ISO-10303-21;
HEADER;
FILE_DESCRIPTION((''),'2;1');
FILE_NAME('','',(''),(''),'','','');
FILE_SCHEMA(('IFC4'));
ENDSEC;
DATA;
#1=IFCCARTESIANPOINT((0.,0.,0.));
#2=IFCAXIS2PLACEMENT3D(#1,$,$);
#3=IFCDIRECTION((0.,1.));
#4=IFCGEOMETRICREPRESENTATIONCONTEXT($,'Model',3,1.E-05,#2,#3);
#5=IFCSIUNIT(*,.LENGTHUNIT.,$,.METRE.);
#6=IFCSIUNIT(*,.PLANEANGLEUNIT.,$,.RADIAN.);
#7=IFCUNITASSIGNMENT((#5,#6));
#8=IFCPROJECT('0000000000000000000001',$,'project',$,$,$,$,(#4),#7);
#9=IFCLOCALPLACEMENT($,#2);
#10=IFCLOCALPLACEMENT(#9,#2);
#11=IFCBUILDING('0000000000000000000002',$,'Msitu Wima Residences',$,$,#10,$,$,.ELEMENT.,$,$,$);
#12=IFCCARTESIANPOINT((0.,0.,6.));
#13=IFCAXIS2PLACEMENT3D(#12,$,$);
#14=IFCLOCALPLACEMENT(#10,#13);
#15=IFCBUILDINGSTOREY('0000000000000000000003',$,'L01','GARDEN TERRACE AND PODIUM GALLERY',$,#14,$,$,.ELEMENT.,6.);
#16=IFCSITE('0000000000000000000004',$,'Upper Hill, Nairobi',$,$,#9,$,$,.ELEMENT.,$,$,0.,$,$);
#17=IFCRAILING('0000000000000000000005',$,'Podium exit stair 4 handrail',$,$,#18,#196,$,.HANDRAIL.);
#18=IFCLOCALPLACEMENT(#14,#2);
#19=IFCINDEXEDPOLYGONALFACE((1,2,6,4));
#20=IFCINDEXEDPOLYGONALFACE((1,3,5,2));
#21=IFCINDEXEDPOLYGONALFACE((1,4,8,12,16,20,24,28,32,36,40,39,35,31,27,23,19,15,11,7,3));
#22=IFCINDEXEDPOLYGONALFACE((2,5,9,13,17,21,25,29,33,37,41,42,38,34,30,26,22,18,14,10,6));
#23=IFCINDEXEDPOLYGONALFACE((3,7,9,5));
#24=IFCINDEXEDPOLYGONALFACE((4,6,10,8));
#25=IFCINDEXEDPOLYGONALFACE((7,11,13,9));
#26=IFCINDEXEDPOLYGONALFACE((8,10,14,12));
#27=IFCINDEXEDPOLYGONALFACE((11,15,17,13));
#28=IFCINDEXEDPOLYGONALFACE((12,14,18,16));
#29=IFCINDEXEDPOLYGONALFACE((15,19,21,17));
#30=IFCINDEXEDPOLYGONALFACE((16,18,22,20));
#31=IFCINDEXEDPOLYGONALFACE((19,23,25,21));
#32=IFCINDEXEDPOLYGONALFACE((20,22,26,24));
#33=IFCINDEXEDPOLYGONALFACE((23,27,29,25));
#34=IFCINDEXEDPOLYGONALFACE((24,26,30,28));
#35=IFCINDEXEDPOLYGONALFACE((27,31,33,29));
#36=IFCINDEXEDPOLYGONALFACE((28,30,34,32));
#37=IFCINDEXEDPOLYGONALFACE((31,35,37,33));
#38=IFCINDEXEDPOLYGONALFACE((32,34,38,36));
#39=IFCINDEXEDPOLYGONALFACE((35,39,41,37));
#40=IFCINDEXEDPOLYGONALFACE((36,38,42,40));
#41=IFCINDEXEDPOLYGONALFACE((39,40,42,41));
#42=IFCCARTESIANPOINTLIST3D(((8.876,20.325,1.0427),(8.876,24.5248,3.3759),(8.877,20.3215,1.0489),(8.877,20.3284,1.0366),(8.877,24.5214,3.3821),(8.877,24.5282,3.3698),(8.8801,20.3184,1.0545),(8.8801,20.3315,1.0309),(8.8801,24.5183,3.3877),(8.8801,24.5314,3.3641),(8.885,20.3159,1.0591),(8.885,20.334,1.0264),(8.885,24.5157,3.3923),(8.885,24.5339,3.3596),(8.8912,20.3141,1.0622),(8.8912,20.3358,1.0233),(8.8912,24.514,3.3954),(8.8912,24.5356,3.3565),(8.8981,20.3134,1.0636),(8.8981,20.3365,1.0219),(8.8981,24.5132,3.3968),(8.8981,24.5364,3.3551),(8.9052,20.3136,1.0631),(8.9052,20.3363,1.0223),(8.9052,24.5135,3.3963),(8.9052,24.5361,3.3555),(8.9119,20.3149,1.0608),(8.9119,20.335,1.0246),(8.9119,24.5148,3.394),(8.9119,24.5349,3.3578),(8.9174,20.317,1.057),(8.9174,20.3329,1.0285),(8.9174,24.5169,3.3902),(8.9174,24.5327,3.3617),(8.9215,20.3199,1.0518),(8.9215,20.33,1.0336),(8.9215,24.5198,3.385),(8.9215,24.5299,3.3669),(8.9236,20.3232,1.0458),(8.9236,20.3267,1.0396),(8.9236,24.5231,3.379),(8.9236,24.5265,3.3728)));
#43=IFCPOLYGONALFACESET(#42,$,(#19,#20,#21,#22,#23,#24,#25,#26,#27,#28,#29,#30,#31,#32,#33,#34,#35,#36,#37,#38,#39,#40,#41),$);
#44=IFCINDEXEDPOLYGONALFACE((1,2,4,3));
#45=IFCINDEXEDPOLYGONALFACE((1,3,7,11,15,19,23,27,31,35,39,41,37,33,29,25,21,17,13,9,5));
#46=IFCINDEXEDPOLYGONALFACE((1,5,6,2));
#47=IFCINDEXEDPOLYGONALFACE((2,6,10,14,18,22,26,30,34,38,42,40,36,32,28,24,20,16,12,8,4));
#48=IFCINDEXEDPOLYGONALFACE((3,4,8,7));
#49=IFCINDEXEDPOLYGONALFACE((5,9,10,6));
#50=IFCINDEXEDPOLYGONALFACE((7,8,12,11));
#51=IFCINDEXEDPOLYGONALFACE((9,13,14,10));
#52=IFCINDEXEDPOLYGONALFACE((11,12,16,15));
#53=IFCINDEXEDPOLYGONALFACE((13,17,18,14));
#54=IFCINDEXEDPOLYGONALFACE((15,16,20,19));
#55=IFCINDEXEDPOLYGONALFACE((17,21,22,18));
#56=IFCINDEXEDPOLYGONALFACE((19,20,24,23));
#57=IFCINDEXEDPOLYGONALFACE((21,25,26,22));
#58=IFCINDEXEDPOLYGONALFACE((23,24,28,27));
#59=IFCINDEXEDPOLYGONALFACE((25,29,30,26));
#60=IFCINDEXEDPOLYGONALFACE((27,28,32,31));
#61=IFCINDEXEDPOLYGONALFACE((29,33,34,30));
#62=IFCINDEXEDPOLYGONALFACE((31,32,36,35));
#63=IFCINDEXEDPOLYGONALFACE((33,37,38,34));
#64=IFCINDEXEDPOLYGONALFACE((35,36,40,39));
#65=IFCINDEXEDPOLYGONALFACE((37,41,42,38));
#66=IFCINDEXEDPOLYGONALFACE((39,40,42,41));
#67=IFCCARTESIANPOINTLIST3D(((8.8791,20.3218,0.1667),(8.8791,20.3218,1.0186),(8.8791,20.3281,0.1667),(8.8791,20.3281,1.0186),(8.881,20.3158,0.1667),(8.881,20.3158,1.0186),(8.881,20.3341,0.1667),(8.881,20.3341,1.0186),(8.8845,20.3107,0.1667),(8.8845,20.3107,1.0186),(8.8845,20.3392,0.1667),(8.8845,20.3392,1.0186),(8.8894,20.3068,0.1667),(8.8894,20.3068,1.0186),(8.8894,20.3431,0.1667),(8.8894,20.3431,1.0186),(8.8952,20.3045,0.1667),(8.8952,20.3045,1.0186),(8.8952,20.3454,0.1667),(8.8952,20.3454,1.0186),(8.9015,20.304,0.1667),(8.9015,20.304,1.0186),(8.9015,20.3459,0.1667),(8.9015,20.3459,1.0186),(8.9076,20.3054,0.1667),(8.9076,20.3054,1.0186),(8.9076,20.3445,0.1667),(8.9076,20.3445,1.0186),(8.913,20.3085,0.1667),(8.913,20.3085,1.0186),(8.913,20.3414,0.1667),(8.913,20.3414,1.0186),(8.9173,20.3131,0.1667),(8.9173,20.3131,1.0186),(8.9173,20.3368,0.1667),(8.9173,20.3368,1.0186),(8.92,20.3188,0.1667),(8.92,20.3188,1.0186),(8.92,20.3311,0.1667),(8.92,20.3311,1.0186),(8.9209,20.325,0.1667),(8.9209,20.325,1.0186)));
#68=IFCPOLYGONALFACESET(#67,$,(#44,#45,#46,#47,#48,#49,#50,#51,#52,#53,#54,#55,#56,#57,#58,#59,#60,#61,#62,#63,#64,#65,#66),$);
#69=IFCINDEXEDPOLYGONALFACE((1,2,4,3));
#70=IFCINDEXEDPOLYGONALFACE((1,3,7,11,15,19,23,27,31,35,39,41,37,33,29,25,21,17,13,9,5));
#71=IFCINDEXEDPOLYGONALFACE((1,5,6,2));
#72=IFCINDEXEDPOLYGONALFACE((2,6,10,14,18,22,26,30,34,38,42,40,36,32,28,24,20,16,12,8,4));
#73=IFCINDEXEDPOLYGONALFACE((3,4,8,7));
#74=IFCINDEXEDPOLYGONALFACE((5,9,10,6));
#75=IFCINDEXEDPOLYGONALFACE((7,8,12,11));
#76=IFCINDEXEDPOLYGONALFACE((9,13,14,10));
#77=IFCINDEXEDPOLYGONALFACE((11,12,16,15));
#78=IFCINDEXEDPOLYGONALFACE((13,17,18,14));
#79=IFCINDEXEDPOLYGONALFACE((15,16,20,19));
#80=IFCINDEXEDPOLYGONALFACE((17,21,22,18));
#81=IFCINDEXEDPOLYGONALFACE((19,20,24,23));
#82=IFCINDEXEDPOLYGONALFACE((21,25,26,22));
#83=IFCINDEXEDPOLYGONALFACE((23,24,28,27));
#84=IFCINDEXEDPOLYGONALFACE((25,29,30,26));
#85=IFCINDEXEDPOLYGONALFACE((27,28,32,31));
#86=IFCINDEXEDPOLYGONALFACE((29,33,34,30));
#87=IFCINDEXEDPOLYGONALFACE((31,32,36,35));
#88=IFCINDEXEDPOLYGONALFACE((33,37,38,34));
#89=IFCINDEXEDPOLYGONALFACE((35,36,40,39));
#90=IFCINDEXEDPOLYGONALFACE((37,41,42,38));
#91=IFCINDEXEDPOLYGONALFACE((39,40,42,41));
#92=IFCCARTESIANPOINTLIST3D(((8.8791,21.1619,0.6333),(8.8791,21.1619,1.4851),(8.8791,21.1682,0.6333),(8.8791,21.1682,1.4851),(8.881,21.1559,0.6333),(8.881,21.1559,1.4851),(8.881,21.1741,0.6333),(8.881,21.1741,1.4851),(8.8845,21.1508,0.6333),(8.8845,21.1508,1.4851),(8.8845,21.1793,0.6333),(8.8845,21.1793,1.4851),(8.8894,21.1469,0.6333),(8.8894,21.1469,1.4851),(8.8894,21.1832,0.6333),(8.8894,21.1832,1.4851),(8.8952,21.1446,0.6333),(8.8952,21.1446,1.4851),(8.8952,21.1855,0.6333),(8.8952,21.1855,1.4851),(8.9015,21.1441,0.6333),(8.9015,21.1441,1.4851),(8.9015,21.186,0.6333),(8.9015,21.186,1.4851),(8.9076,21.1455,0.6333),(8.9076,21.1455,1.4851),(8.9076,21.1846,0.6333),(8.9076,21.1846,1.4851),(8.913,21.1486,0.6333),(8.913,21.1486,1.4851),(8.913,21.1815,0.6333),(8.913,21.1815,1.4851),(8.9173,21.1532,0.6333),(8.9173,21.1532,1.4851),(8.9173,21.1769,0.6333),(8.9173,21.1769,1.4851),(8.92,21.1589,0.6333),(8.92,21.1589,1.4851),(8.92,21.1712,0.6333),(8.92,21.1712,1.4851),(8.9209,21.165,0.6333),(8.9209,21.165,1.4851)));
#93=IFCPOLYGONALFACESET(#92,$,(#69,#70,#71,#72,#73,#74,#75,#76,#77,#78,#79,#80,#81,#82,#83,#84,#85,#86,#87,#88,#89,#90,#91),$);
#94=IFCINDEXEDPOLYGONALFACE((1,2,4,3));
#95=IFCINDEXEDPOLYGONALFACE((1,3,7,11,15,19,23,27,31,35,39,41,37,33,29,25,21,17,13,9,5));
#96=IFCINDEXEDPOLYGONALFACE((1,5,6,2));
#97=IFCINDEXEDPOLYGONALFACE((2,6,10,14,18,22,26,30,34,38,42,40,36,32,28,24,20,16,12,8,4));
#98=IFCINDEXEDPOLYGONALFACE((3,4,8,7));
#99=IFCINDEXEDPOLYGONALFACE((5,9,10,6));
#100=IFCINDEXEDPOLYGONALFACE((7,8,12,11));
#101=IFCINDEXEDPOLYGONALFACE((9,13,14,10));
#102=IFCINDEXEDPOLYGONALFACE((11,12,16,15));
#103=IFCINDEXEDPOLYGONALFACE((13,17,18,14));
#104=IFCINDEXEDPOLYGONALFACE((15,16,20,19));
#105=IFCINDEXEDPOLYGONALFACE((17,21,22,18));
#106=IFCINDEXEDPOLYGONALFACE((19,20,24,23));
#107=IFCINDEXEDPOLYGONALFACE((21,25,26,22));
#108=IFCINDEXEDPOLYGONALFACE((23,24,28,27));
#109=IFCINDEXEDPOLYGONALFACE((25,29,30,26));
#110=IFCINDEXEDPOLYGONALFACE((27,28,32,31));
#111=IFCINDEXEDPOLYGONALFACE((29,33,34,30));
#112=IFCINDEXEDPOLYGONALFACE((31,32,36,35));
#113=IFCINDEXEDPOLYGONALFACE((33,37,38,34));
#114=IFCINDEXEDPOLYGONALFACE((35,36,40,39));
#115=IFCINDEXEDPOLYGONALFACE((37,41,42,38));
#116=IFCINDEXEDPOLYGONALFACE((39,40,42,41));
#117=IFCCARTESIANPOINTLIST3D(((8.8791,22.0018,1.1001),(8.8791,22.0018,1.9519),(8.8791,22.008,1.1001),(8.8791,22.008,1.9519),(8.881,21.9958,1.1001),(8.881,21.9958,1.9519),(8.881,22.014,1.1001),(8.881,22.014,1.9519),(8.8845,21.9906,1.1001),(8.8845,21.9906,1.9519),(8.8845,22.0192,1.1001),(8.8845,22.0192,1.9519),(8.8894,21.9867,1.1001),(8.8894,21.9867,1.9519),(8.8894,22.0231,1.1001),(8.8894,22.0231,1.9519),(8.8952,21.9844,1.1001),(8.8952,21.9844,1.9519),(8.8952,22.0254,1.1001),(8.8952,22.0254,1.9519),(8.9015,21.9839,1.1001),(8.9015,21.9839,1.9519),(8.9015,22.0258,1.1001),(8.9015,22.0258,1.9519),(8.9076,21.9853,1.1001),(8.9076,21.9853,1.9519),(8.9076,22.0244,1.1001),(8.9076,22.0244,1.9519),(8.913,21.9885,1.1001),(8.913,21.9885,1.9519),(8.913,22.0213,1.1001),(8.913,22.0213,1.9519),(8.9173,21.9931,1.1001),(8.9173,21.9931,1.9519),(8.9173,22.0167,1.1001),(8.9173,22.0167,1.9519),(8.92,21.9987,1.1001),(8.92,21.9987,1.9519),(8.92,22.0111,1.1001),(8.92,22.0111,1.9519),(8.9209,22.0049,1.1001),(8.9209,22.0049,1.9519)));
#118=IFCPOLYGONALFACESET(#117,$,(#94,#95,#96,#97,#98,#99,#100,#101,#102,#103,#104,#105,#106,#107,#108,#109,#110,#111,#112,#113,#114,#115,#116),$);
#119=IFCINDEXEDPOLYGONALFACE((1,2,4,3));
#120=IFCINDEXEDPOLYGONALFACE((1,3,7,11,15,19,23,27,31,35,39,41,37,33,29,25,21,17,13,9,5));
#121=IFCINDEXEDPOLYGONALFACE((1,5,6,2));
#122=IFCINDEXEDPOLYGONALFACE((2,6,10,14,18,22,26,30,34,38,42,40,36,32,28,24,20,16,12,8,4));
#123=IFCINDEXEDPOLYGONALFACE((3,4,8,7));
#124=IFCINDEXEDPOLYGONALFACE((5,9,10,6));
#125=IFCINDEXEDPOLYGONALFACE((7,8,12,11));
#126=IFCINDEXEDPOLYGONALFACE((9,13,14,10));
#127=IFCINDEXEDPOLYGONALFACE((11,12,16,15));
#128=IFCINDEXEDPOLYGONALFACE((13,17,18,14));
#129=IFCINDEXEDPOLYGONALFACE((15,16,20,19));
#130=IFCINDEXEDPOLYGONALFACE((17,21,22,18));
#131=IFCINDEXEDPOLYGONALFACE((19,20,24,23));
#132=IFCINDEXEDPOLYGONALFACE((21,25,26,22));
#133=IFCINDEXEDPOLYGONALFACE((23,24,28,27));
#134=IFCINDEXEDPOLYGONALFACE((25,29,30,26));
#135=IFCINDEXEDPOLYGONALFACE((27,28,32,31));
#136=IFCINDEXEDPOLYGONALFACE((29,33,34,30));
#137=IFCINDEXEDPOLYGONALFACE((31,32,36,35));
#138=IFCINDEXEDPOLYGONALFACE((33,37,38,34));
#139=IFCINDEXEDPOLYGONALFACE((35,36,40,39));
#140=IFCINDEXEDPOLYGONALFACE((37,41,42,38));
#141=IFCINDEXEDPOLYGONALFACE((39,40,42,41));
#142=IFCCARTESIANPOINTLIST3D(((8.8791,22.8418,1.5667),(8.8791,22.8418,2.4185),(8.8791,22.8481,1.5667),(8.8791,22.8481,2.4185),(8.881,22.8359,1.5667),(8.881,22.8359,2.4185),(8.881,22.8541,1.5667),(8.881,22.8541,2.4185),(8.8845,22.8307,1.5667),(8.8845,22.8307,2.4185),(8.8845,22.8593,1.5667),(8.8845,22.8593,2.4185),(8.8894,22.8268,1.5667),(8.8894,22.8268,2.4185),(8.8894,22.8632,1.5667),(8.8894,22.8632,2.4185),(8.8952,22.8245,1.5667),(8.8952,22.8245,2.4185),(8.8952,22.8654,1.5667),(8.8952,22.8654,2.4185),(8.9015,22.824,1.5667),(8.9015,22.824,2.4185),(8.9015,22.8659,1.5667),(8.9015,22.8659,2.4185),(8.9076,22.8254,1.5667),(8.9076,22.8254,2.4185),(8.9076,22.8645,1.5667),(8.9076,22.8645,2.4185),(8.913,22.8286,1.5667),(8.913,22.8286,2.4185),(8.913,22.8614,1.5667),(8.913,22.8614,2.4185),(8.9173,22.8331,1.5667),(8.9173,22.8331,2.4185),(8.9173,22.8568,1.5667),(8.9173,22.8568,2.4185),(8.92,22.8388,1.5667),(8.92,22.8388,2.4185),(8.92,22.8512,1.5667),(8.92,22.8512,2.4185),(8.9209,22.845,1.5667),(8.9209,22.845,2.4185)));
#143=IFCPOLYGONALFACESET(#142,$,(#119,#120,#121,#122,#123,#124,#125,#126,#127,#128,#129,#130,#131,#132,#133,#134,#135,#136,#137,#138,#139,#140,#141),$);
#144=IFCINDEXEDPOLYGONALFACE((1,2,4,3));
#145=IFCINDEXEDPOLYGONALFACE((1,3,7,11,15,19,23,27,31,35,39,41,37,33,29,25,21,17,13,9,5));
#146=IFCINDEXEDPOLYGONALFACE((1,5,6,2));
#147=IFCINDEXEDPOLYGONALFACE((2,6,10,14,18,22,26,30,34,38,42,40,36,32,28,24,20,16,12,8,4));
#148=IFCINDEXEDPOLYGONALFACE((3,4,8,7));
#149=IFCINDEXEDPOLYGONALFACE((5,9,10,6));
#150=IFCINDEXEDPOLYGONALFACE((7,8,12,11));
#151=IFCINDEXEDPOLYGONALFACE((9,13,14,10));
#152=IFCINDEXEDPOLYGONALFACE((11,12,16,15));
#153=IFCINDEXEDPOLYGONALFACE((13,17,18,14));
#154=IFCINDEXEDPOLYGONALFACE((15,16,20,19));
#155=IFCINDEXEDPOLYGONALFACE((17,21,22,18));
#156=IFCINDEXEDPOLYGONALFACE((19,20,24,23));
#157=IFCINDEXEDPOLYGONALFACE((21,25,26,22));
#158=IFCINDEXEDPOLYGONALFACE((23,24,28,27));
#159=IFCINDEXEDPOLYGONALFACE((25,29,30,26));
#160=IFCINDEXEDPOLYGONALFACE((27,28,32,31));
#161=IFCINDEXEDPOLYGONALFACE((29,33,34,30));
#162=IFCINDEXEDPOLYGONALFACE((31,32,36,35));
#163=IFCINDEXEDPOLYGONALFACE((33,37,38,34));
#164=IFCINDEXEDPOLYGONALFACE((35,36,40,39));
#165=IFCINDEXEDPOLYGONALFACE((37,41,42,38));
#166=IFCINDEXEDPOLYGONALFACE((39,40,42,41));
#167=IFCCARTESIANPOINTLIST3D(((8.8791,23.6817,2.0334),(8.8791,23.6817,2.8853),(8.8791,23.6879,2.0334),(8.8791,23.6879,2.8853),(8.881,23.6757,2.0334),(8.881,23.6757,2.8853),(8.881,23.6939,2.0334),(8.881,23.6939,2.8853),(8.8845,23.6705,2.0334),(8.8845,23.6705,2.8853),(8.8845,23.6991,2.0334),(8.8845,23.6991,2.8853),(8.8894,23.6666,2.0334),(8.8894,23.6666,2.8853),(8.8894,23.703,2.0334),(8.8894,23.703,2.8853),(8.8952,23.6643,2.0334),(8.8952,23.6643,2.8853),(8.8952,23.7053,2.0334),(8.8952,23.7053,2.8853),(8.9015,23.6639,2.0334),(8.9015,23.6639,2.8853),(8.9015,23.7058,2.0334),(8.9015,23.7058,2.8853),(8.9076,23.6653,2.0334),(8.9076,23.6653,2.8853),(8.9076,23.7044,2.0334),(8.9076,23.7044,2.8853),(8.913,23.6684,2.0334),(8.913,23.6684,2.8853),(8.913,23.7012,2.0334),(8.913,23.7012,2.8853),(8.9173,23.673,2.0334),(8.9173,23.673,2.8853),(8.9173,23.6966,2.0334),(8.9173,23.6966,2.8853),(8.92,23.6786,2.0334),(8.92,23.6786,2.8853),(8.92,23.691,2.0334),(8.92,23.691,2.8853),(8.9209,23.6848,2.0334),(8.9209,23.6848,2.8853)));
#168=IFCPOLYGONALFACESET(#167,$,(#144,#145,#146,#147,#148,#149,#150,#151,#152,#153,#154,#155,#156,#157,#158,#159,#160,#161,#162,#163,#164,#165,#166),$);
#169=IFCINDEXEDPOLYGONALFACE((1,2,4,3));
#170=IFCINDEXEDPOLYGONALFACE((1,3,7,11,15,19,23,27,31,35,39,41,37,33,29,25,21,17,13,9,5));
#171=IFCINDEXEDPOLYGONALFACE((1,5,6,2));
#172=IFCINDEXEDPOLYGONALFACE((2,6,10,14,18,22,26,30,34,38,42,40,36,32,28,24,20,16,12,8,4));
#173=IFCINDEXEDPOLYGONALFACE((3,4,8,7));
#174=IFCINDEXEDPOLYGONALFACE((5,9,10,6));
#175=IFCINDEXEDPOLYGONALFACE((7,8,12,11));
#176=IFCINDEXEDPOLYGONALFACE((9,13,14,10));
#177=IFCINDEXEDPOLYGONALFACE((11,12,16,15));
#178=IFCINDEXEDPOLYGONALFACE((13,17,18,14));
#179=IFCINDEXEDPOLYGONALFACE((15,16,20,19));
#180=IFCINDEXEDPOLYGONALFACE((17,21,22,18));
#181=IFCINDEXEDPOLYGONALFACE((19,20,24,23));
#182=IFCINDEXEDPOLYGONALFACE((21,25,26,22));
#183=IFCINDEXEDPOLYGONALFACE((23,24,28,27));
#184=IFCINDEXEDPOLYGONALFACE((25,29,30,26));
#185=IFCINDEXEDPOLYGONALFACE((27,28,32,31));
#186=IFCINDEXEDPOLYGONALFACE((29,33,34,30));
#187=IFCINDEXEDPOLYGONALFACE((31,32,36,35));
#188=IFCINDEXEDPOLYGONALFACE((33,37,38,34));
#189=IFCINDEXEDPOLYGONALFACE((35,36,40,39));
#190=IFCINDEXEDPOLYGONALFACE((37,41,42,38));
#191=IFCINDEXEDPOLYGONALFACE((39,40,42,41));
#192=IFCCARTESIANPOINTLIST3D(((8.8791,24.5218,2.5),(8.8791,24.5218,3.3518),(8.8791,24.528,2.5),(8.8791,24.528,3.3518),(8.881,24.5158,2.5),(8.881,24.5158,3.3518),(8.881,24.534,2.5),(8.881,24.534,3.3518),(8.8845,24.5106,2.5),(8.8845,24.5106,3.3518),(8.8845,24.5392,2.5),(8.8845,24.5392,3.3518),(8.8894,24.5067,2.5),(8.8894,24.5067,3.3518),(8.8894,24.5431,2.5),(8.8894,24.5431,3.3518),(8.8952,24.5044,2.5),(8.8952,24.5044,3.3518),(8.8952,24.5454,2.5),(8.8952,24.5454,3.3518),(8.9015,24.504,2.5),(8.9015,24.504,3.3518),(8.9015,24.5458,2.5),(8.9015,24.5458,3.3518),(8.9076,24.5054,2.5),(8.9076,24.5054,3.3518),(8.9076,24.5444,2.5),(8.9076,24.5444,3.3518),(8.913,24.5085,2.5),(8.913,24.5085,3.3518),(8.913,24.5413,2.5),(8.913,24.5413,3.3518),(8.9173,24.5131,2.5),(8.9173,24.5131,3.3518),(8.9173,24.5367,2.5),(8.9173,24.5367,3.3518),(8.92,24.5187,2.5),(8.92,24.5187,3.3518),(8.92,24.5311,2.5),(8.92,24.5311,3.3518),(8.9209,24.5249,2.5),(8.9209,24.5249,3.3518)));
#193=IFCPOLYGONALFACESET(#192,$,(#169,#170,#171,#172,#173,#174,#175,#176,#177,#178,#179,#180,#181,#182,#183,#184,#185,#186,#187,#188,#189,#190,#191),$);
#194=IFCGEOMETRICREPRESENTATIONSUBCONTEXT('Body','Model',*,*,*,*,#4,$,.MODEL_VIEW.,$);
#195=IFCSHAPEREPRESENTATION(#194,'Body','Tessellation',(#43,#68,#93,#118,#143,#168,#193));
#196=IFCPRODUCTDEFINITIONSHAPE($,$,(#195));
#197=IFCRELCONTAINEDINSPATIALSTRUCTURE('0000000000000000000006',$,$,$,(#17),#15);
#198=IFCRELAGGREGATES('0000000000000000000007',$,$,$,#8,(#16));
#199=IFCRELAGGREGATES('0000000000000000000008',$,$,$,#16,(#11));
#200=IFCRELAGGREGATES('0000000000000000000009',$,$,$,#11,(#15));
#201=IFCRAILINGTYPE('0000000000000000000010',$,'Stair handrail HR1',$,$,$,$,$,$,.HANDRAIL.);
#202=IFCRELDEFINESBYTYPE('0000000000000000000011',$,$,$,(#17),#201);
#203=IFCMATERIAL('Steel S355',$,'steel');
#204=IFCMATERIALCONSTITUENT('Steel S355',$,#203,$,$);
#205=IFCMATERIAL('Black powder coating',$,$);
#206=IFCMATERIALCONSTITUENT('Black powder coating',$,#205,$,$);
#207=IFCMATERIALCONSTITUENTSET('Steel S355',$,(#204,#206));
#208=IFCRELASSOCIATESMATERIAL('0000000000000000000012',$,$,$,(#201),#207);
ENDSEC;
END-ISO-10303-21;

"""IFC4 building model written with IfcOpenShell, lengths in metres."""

from ifc_helpers import new_model, si_unit, direction, frame, origin, origin_2d, place, context, subcontext, project, spatial, circle, extrude, material, constituent, constituent_set, type_object, element, save


model = new_model("IFC4")

# Units and contexts
model_context = context("Model", 3, precision=1e-05, world=origin(), true_north=direction((0.0, 1.0)))
body_context = subcontext(model_context, "Body", "Model", "MODEL_VIEW")
ifc_project = project(units=[si_unit("LENGTHUNIT", "METRE"), si_unit("PLANEANGLEUNIT", "RADIAN")], contexts=[model_context])

# Site, building, storey
site_placement = place(None, origin())
site = spatial("IfcSite", under=ifc_project, at=site_placement, Name="Upper Hill, Nairobi", CompositionType="ELEMENT", RefElevation=0.0)
building_placement = place(site_placement, origin())
building = spatial("IfcBuilding", under=site, at=building_placement, Name="Msitu Wima Residences", CompositionType="ELEMENT")
storey_placement = place(building_placement, frame((0.0, 0.0, 6.0)))
storey = spatial("IfcBuildingStorey", under=building, at=storey_placement, Name="L01", Description="GARDEN TERRACE AND PODIUM GALLERY", CompositionType="ELEMENT", Elevation=6.0)

# Railing
ifc_material_1 = material(Name="Steel S355", Category="steel")
ifc_constituent_1 = constituent(ifc_material_1, Name="Steel S355")
ifc_material_2 = material(Name="Black powder coating")
ifc_constituent_2 = constituent(ifc_material_2, Name="Black powder coating")
ifc_constituent_set = constituent_set(constituents=[ifc_constituent_1, ifc_constituent_2], Name="Steel S355")
railing_type = type_object("IfcRailingType", Name="Stair handrail HR1", PredefinedType="HANDRAIL", material=ifc_constituent_set)
for number, where, name in (
    (1, (8.8999, 20.325, 0.1667), "Podium exit stair 4 handrail"),
):
    element("IfcRailing", number, at=place(storey_placement, frame(where)), inside=storey, type_object=railing_type, Name=name, PredefinedType="HANDRAIL", context=body_context, shape_type="SweptSolid", body=[
        extrude(circle(Radius=0.0239, at=origin_2d()), frame((0.0, 0.0, 0.876), z_axis=(0.0, 0.874162, 0.485634), x_axis=(-1.0, 0.0, 0.0)), (0.0, 0.0, 1.0), 4.8044),
        extrude(circle(Radius=0.021, at=origin_2d()), origin(), (0.0, 0.0, 1.0), 0.8518),
        extrude(circle(Radius=0.021, at=origin_2d()), frame((0.0, 0.8401, 0.4666)), (0.0, 0.0, 1.0), 0.8518),
        extrude(circle(Radius=0.021, at=origin_2d()), frame((0.0, 1.6799, 0.9333)), (0.0, 0.0, 1.0), 0.8518),
        extrude(circle(Radius=0.021, at=origin_2d()), frame((0.0, 2.52, 1.3999)), (0.0, 0.0, 1.0), 0.8518),
        extrude(circle(Radius=0.021, at=origin_2d()), frame((0.0, 3.3599, 1.8667)), (0.0, 0.0, 1.0), 0.8518),
        extrude(circle(Radius=0.021, at=origin_2d()), frame((0.0, 4.2, 2.3333)), (0.0, 0.0, 1.0), 0.8518),
    ])

save(model, "model.ifc")
